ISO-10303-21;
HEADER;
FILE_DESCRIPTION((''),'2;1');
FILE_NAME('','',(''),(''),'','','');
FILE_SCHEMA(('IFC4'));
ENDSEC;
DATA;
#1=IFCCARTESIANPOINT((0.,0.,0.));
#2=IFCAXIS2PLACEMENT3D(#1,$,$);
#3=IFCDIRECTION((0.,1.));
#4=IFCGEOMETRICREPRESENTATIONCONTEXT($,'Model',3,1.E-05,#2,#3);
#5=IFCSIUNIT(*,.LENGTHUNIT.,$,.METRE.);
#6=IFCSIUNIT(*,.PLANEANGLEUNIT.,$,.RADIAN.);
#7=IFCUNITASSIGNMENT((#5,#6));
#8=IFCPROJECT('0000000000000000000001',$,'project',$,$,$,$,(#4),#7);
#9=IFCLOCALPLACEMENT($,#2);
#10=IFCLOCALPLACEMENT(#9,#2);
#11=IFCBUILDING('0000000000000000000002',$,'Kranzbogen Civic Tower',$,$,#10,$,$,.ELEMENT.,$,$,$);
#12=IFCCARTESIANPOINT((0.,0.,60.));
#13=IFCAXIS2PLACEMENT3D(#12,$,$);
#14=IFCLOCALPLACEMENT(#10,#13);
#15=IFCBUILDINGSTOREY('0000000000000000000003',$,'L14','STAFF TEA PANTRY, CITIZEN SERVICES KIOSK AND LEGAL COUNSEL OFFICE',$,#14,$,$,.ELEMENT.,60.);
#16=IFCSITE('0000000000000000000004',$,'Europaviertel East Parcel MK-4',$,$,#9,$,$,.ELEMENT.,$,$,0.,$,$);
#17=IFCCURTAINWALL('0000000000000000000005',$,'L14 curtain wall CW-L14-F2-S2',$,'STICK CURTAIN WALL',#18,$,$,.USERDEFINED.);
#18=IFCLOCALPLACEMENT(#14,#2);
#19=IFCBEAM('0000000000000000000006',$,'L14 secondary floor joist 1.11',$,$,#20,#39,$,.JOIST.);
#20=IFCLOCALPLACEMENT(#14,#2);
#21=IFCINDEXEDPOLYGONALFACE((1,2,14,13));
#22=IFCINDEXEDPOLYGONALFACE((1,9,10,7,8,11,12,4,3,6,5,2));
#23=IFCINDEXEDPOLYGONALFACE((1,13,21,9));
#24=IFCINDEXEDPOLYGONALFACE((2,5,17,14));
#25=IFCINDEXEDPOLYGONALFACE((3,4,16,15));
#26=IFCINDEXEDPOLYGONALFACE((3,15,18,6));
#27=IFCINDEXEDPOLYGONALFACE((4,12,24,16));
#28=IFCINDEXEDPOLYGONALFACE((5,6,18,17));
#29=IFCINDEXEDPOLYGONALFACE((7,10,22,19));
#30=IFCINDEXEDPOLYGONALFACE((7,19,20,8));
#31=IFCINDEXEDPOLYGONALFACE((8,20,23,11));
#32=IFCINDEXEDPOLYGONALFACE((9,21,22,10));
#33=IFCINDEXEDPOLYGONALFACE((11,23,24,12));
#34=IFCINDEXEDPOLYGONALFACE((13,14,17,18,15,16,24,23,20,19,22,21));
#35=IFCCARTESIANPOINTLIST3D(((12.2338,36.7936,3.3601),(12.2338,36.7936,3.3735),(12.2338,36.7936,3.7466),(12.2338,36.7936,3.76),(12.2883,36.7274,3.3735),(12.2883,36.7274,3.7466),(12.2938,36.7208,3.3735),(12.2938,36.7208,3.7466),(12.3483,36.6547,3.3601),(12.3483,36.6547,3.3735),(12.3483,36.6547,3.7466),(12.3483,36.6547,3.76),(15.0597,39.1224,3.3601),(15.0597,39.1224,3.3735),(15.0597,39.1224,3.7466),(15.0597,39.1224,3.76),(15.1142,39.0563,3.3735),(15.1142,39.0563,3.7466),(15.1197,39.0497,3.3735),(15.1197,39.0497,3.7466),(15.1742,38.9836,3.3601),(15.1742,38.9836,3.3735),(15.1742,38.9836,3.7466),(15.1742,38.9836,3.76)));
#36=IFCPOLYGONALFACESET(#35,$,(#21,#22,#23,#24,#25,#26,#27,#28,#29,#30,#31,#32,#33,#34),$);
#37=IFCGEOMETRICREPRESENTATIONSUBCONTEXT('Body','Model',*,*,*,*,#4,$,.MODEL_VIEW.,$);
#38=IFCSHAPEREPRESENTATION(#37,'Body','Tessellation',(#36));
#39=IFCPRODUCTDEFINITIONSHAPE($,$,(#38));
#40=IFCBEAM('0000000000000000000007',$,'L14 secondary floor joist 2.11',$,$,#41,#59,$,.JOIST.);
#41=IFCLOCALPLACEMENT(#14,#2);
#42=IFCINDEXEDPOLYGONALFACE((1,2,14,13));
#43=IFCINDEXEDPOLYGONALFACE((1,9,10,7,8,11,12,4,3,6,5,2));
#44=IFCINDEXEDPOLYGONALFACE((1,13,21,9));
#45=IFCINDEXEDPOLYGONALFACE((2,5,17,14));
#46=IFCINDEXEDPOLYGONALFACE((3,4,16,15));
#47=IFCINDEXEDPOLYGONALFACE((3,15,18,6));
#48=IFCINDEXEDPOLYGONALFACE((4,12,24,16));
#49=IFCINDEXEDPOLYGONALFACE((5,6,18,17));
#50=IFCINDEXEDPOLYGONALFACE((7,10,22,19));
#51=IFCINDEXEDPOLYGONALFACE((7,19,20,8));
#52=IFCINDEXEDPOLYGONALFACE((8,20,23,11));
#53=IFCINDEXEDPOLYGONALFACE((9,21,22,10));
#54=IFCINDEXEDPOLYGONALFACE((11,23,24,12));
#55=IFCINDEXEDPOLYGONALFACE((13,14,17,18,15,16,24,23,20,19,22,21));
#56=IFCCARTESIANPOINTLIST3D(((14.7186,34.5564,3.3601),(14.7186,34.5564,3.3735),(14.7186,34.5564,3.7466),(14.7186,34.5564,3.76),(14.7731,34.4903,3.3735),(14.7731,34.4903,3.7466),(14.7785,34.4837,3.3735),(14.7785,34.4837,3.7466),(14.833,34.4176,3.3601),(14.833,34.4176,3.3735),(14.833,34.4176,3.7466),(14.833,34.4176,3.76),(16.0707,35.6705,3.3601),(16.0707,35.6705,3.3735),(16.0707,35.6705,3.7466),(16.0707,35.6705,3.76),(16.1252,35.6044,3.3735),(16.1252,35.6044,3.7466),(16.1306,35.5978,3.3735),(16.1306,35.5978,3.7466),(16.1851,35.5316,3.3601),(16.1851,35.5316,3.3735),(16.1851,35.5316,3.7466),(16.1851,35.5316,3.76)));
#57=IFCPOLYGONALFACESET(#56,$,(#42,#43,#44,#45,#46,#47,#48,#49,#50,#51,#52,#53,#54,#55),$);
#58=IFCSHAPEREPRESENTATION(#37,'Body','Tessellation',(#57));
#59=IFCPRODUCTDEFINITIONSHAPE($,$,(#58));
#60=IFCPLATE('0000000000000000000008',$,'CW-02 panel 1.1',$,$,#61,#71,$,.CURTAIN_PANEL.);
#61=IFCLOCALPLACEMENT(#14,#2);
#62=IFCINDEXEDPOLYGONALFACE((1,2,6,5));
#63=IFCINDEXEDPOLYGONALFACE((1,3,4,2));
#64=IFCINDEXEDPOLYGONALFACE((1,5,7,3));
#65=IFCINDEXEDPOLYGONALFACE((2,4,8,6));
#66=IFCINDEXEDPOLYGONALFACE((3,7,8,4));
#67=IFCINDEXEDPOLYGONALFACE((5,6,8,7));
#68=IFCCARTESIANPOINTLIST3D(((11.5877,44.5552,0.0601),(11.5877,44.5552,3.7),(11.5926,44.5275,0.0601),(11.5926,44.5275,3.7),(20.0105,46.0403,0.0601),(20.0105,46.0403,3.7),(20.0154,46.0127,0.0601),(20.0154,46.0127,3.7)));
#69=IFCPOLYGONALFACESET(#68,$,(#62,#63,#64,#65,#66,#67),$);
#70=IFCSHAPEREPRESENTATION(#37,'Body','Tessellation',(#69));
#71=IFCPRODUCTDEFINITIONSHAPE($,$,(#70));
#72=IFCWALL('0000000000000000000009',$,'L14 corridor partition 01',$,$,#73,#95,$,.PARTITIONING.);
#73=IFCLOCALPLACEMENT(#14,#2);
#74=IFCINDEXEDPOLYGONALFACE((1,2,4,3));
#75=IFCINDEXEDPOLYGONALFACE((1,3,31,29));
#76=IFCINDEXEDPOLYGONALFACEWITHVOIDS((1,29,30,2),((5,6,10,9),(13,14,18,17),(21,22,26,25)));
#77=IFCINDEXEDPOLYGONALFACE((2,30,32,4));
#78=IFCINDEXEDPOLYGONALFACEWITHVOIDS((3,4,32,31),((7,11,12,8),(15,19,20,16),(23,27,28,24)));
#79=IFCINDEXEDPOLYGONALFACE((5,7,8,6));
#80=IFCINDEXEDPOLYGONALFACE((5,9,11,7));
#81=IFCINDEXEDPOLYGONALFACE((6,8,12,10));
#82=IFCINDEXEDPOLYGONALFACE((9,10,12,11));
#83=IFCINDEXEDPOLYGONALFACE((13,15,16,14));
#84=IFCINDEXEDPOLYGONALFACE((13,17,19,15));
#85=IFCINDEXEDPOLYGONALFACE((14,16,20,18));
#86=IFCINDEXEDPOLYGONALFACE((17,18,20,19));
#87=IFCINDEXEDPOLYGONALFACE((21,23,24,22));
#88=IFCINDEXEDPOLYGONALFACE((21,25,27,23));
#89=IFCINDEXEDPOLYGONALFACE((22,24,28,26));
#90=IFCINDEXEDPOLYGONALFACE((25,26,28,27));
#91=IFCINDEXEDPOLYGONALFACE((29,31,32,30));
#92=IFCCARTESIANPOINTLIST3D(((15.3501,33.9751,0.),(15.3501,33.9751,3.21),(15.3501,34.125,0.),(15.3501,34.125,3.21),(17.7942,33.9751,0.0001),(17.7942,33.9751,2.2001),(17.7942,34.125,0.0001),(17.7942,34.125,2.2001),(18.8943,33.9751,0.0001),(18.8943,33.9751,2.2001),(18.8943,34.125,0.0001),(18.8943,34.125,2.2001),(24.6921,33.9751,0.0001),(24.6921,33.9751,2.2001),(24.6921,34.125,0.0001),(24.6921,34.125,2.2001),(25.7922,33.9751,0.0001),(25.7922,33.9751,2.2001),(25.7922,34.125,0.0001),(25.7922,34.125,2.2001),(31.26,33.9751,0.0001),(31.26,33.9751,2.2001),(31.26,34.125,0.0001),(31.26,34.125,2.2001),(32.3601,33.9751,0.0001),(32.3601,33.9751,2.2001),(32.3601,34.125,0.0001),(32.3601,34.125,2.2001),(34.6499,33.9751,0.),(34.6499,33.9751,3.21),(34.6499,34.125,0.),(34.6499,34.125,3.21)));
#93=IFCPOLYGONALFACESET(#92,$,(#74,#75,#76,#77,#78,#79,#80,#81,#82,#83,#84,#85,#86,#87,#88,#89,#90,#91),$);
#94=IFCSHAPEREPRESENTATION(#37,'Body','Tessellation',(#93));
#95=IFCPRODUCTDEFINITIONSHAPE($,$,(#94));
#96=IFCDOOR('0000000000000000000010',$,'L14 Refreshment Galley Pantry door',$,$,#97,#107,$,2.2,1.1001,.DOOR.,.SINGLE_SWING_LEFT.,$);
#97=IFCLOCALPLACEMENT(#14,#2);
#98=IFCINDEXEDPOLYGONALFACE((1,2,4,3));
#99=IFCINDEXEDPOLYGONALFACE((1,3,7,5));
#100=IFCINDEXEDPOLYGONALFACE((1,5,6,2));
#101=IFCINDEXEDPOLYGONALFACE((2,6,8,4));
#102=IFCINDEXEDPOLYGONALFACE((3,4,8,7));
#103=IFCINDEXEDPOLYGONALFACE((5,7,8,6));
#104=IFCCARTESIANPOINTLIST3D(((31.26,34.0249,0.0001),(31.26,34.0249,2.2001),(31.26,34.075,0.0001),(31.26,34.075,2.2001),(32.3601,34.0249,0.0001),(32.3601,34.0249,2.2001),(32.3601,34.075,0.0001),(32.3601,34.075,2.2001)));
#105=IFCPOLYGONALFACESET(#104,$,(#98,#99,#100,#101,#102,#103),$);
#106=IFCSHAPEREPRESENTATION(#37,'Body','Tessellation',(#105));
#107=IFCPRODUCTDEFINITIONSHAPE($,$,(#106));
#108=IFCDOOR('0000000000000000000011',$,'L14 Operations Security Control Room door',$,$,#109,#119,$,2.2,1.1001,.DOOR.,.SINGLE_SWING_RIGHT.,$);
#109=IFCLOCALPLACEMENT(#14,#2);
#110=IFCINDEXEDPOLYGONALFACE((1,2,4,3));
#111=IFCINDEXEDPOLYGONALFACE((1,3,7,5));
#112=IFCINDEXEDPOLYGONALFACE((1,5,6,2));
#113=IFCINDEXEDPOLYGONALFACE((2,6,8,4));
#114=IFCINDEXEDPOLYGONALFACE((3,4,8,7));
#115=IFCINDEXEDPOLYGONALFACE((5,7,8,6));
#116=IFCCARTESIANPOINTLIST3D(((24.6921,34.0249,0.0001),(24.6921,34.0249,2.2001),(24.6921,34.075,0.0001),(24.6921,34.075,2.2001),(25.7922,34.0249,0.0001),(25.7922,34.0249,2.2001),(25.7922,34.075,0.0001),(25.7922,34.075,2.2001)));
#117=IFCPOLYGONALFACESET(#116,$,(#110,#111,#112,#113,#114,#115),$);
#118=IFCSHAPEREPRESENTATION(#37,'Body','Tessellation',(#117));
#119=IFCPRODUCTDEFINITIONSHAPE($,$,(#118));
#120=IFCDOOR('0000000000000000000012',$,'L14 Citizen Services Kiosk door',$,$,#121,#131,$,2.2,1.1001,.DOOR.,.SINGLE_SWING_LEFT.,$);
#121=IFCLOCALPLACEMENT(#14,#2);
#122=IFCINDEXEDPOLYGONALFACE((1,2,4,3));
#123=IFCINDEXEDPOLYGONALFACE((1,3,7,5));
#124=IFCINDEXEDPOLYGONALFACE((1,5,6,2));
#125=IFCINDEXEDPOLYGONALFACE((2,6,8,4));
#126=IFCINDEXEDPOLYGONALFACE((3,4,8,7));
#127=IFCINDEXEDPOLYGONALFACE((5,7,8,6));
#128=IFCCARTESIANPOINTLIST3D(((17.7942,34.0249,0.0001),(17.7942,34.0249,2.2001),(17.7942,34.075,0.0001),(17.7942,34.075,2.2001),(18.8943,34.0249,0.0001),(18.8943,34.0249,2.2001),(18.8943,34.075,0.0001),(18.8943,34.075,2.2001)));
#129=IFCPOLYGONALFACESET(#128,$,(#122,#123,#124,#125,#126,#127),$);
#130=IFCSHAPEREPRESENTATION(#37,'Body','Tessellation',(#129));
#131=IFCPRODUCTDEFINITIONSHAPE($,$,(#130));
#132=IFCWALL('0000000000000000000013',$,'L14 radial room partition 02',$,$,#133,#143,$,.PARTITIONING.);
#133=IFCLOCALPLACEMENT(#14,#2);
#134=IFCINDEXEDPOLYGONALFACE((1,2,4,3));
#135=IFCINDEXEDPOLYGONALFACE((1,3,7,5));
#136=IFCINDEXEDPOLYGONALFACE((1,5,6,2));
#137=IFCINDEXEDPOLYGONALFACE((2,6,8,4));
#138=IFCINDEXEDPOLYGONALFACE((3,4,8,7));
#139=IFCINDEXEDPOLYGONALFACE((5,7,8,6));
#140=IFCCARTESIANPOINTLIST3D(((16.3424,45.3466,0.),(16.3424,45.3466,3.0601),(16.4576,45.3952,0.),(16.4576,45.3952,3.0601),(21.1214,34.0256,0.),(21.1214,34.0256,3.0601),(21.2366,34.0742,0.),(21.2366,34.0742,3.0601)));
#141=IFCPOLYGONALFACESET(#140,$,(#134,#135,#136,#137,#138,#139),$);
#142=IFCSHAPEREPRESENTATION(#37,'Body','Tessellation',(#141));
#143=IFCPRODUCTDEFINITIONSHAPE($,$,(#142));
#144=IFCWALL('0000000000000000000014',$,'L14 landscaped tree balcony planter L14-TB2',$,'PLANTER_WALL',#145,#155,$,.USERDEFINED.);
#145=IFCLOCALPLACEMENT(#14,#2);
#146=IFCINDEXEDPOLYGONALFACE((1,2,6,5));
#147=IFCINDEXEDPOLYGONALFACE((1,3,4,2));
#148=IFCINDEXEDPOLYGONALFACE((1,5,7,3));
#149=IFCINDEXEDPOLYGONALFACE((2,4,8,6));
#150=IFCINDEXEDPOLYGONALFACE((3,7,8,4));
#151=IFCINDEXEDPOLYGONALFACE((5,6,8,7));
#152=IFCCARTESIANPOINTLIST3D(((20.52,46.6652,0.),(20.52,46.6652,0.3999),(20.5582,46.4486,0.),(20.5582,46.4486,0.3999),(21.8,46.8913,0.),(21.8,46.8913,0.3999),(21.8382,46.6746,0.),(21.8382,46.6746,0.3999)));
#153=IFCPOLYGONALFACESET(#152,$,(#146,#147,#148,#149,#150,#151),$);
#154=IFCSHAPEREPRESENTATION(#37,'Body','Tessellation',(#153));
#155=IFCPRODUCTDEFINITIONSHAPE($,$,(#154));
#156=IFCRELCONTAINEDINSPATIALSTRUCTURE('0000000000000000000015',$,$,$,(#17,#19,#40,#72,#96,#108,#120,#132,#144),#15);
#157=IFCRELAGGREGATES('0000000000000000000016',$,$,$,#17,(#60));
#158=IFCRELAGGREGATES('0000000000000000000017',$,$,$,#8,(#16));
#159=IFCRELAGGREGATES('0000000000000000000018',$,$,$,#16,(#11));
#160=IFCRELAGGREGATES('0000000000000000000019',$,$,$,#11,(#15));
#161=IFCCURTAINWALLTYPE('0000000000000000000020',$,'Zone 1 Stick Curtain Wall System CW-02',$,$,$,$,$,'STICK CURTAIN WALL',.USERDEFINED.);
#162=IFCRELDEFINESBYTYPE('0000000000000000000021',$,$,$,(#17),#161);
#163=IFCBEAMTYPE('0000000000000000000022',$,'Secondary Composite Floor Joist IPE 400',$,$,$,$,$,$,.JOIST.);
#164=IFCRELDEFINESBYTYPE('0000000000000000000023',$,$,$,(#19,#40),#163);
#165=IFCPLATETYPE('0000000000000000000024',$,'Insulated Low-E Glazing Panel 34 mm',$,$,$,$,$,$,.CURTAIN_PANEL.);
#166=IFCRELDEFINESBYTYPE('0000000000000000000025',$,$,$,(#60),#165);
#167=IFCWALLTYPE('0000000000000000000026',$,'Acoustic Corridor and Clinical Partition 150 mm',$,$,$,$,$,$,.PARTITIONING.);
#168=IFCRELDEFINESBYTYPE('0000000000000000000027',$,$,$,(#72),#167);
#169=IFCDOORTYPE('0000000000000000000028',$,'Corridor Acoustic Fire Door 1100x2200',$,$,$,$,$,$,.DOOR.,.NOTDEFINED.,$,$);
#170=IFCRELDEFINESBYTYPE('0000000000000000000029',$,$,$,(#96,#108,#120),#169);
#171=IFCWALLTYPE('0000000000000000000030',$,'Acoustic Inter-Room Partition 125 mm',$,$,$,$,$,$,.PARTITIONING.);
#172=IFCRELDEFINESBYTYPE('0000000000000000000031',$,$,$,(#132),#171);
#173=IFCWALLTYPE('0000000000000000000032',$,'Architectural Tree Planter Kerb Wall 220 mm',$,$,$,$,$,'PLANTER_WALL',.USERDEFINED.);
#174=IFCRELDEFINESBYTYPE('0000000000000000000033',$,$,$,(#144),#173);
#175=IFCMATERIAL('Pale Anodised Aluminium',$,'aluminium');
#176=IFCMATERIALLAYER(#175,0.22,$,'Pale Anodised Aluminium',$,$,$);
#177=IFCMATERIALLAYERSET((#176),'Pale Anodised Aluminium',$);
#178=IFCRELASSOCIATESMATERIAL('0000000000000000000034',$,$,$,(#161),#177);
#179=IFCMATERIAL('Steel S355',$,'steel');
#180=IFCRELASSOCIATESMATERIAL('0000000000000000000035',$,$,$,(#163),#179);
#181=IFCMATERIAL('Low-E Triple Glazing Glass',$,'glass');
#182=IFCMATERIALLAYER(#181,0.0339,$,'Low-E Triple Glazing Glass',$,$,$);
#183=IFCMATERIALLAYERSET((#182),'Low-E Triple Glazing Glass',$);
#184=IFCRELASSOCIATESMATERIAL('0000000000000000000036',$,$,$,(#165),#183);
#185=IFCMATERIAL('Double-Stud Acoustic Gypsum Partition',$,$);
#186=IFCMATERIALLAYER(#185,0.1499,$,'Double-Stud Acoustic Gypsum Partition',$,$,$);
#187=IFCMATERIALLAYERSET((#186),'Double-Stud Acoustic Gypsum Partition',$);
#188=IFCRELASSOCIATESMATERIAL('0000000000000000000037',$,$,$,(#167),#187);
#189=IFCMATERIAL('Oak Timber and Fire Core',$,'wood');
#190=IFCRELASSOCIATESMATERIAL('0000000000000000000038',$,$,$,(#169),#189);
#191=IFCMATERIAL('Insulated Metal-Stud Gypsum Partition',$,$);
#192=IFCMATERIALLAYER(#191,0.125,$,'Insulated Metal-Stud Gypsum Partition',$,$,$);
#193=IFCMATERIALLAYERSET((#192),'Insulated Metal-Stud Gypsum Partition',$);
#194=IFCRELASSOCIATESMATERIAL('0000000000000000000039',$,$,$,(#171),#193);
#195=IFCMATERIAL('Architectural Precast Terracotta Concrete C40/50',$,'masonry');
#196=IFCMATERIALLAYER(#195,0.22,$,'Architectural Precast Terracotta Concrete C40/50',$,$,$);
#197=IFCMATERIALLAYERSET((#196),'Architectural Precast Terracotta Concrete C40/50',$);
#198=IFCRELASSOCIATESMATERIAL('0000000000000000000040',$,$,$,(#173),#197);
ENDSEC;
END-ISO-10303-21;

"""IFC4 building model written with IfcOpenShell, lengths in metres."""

from ifc_helpers import new_model, si_unit, direction, frame, frame_2d, origin, origin_2d, place, context, subcontext, project, spatial, rectangle, i_section, extrude, material, layer, layer_set, material_profile, profile_set, type_object, element, fill, aggregate, save


model = new_model("IFC4")

# Units and contexts
model_context = context("Model", 3, precision=1e-05, world=origin(), true_north=direction((0.0, 1.0)))
body_context = subcontext(model_context, "Body", "Model", "MODEL_VIEW")
ifc_project = project(units=[si_unit("LENGTHUNIT", "METRE"), si_unit("PLANEANGLEUNIT", "RADIAN")], contexts=[model_context])

# Site, building, storey
site_placement = place(None, origin())
site = spatial("IfcSite", under=ifc_project, at=site_placement, Name="Europaviertel East Parcel MK-4", CompositionType="ELEMENT", RefElevation=0.0)
building_placement = place(site_placement, origin())
building = spatial("IfcBuilding", under=site, at=building_placement, Name="Kranzbogen Civic Tower", CompositionType="ELEMENT")
storey_placement = place(building_placement, frame((0.0, 0.0, 60.0)))
storey = spatial("IfcBuildingStorey", under=building, at=storey_placement, Name="L14", Description="STAFF TEA PANTRY, CITIZEN SERVICES KIOSK AND LEGAL COUNSEL OFFICE", CompositionType="ELEMENT", Elevation=60.0)

# Shared definitions
ifc_material_1 = material(Name="Steel S355", Category="steel")

# Curtain wall
ifc_material_2 = material(Name="Pale Anodised Aluminium", Category="aluminium")
ifc_layer_1 = layer(ifc_material_2, 0.22, Name="Pale Anodised Aluminium")
ifc_layer_set_1 = layer_set([ifc_layer_1], Name="Pale Anodised Aluminium")
curtain_wall_type = type_object("IfcCurtainWallType", Name="Zone 1 Stick Curtain Wall System CW-02", ElementType="STICK CURTAIN WALL", PredefinedType="USERDEFINED", material=ifc_layer_set_1)
curtain_wall_placement = place(storey_placement, origin())
curtain_wall = element("IfcCurtainWall", 1, at=curtain_wall_placement, inside=storey, type_object=curtain_wall_type, Name="L14 curtain wall CW-L14-F2-S2", ObjectType="STICK CURTAIN WALL", PredefinedType="USERDEFINED")

# Beams
ifc_material_profile_1 = material_profile(ifc_material_1, i_section(OverallWidth=0.1799, OverallDepth=0.3999, WebThickness=0.0085, FlangeThickness=0.0134, at=origin_2d()), Name="IPE 400")
ifc_profile_set_1 = profile_set([ifc_material_profile_1], Name="Steel S355")
beam_type_1 = type_object("IfcBeamType", Name="Secondary Composite Floor Joist IPE 400", PredefinedType="JOIST", material=ifc_profile_set_1)
beam_1_placement = place(storey_placement, frame((15.1169, 39.053, 3.5601), z_axis=(-0.771713, -0.635971, 0.0), x_axis=(0.635971, -0.771713, 0.0)))
element("IfcBeam", 2, at=beam_1_placement, inside=storey, type_object=beam_type_1, Name="L14 secondary floor joist 1.11", PredefinedType="JOIST", context=body_context, shape_type="SweptSolid", body=[
    extrude(i_section(OverallWidth=0.1799, OverallDepth=0.3999, WebThickness=0.0085, FlangeThickness=0.0134, at=origin_2d()), origin(), (0.0, 0.0, 1.0), 3.6619),
])
beam_2_placement = place(storey_placement, frame((16.1279, 35.6011, 3.5601), z_axis=(-0.771773, -0.635898, 0.0), x_axis=(0.635898, -0.771773, 0.0)))
element("IfcBeam", 3, at=beam_2_placement, inside=storey, type_object=beam_type_1, Name="L14 secondary floor joist 2.11", PredefinedType="JOIST", context=body_context, shape_type="SweptSolid", body=[
    extrude(i_section(OverallWidth=0.1799, OverallDepth=0.3999, WebThickness=0.0085, FlangeThickness=0.0134, at=origin_2d()), origin(), (0.0, 0.0, 1.0), 1.752),
])

# Plate
ifc_material_3 = material(Name="Low-E Triple Glazing Glass", Category="glass")
ifc_layer_2 = layer(ifc_material_3, 0.0339, Name="Low-E Triple Glazing Glass")
ifc_layer_set_2 = layer_set([ifc_layer_2], Name="Low-E Triple Glazing Glass")
plate_type = type_object("IfcPlateType", Name="Insulated Low-E Glazing Panel 34 mm", PredefinedType="CURTAIN_PANEL", material=ifc_layer_set_2)
plate_placement = place(storey_placement, frame((15.8015, 45.2839, 0.0601), z_axis=(0.0, 0.0, 1.0), x_axis=(-0.984808, -0.173647, 0.0)))
plate = element("IfcPlate", 4, at=plate_placement, type_object=plate_type, Name="CW-02 panel 1.1", PredefinedType="CURTAIN_PANEL", context=body_context, shape_type="SweptSolid", body=[
    extrude(rectangle(XDim=8.5527, YDim=0.0281, at=origin_2d()), origin(), (0.0, 0.0, 1.0), 3.6399),
])
aggregate(curtain_wall, [plate])

# Wall, openings, doors
ifc_material_4 = material(Name="Double-Stud Acoustic Gypsum Partition")
ifc_layer_3 = layer(ifc_material_4, 0.1499, Name="Double-Stud Acoustic Gypsum Partition")
ifc_layer_set_3 = layer_set([ifc_layer_3], Name="Double-Stud Acoustic Gypsum Partition")
wall_type_1 = type_object("IfcWallType", Name="Acoustic Corridor and Clinical Partition 150 mm", PredefinedType="PARTITIONING", material=ifc_layer_set_3)
wall_1_placement = place(storey_placement, frame((15.3501, 34.05, 0.0), z_axis=(0.0, 0.0, 1.0), x_axis=(1.0, 0.0, 0.0)))
wall_1 = element("IfcWall", 5, at=wall_1_placement, inside=storey, type_object=wall_type_1, Name="L14 corridor partition 01", PredefinedType="PARTITIONING", context=body_context, shape_type="SweptSolid", body=[
    extrude(rectangle(XDim=19.2998, YDim=0.1499, at=frame_2d((9.6499, 0.0))), origin(), (0.0, 0.0, 1.0), 3.21),
])
opening_1_placement = place(wall_1_placement, frame((15.9099, 0.0, 0.0)))
opening_1 = element("IfcOpeningElement", 6, at=opening_1_placement, cuts=wall_1, PredefinedType="OPENING", context=body_context, shape_type="SweptSolid", body=[
    extrude(rectangle(XDim=1.1001, YDim=2.2, at=frame_2d((0.55, 1.1001))), frame((0.0, 0.085, 0.0), z_axis=(0.0, -1.0, 0.0), x_axis=(1.0, 0.0, 0.0)), (0.0, 0.0, 1.0), 0.1699),
])
opening_2_placement = place(wall_1_placement, frame((9.342, 0.0, 0.0)))
opening_2 = element("IfcOpeningElement", 7, at=opening_2_placement, cuts=wall_1, PredefinedType="OPENING", context=body_context, shape_type="SweptSolid", body=[
    extrude(rectangle(XDim=1.1001, YDim=2.2, at=frame_2d((0.55, 1.1001))), frame((0.0, 0.085, 0.0), z_axis=(0.0, -1.0, 0.0), x_axis=(1.0, 0.0, 0.0)), (0.0, 0.0, 1.0), 0.1699),
])
opening_3_placement = place(wall_1_placement, frame((2.4441, 0.0, 0.0)))
opening_3 = element("IfcOpeningElement", 8, at=opening_3_placement, cuts=wall_1, PredefinedType="OPENING", context=body_context, shape_type="SweptSolid", body=[
    extrude(rectangle(XDim=1.1001, YDim=2.2, at=frame_2d((0.55, 1.1001))), frame((0.0, 0.085, 0.0), z_axis=(0.0, -1.0, 0.0), x_axis=(1.0, 0.0, 0.0)), (0.0, 0.0, 1.0), 0.1699),
])
ifc_material_5 = material(Name="Oak Timber and Fire Core", Category="wood")
door_type_1 = type_object("IfcDoorType", Name="Corridor Acoustic Fire Door 1100x2200", OperationType="NOTDEFINED", PredefinedType="DOOR", material=ifc_material_5)
door_1_placement = place(opening_1_placement, origin())
door_1 = element("IfcDoor", 9, at=door_1_placement, inside=storey, type_object=door_type_1, Name="L14 Refreshment Galley Pantry door", OperationType="SINGLE_SWING_LEFT", OverallHeight=2.2, OverallWidth=1.1001, PredefinedType="DOOR", context=body_context, shape_type="SweptSolid", body=[
    extrude(rectangle(XDim=1.1001, YDim=2.2, at=frame_2d((0.55, 1.1001))), frame((0.0, 0.0249, 0.0), z_axis=(0.0, -1.0, 0.0), x_axis=(1.0, 0.0, 0.0)), (0.0, 0.0, 1.0), 0.05),
])
fill(opening_1, door_1)
door_2_placement = place(opening_2_placement, origin())
door_2 = element("IfcDoor", 10, at=door_2_placement, inside=storey, type_object=door_type_1, Name="L14 Operations Security Control Room door", OperationType="SINGLE_SWING_RIGHT", OverallHeight=2.2, OverallWidth=1.1001, PredefinedType="DOOR", context=body_context, shape_type="SweptSolid", body=[
    extrude(rectangle(XDim=1.1001, YDim=2.2, at=frame_2d((0.55, 1.1001))), frame((0.0, 0.0249, 0.0), z_axis=(0.0, -1.0, 0.0), x_axis=(1.0, 0.0, 0.0)), (0.0, 0.0, 1.0), 0.05),
])
fill(opening_2, door_2)
door_3_placement = place(opening_3_placement, origin())
door_3 = element("IfcDoor", 11, at=door_3_placement, inside=storey, type_object=door_type_1, Name="L14 Citizen Services Kiosk door", OperationType="SINGLE_SWING_LEFT", OverallHeight=2.2, OverallWidth=1.1001, PredefinedType="DOOR", context=body_context, shape_type="SweptSolid", body=[
    extrude(rectangle(XDim=1.1001, YDim=2.2, at=frame_2d((0.55, 1.1001))), frame((0.0, 0.0249, 0.0), z_axis=(0.0, -1.0, 0.0), x_axis=(1.0, 0.0, 0.0)), (0.0, 0.0, 1.0), 0.05),
])
fill(opening_3, door_3)

# Walls
ifc_material_6 = material(Name="Insulated Metal-Stud Gypsum Partition")
ifc_layer_4 = layer(ifc_material_6, 0.125, Name="Insulated Metal-Stud Gypsum Partition")
ifc_layer_set_4 = layer_set([ifc_layer_4], Name="Insulated Metal-Stud Gypsum Partition")
wall_type_2 = type_object("IfcWallType", Name="Acoustic Inter-Room Partition 125 mm", PredefinedType="PARTITIONING", material=ifc_layer_set_4)
wall_2_placement = place(storey_placement, frame((21.179, 34.05, 0.0), z_axis=(0.0, 0.0, 1.0), x_axis=(-0.388907, 0.921277, 0.0)))
element("IfcWall", 12, at=wall_2_placement, inside=storey, type_object=wall_type_2, Name="L14 radial room partition 02", PredefinedType="PARTITIONING", context=body_context, shape_type="SweptSolid", body=[
    extrude(rectangle(XDim=12.2883, YDim=0.125, at=frame_2d((6.144, 0.0))), origin(), (0.0, 0.0, 1.0), 3.0601),
])
ifc_material_7 = material(Name="Architectural Precast Terracotta Concrete C40/50", Category="masonry")
ifc_layer_5 = layer(ifc_material_7, 0.22, Name="Architectural Precast Terracotta Concrete C40/50")
ifc_layer_set_5 = layer_set([ifc_layer_5], Name="Architectural Precast Terracotta Concrete C40/50")
wall_type_3 = type_object("IfcWallType", Name="Architectural Tree Planter Kerb Wall 220 mm", ElementType="PLANTER_WALL", PredefinedType="USERDEFINED", material=ifc_layer_set_5)
wall_3_placement = place(storey_placement, frame((21.8191, 46.783, 0.0), z_axis=(0.0, 0.0, 1.0), x_axis=(-0.984759, -0.173925, 0.0)))
element("IfcWall", 13, at=wall_3_placement, inside=storey, type_object=wall_type_3, Name="L14 landscaped tree balcony planter L14-TB2", ObjectType="PLANTER_WALL", PredefinedType="USERDEFINED", context=body_context, shape_type="SweptSolid", body=[
    extrude(rectangle(XDim=1.2998, YDim=0.22, at=frame_2d((0.6499, 0.0))), origin(), (0.0, 0.0, 1.0), 0.3999),
])

save(model, "model.ifc")
